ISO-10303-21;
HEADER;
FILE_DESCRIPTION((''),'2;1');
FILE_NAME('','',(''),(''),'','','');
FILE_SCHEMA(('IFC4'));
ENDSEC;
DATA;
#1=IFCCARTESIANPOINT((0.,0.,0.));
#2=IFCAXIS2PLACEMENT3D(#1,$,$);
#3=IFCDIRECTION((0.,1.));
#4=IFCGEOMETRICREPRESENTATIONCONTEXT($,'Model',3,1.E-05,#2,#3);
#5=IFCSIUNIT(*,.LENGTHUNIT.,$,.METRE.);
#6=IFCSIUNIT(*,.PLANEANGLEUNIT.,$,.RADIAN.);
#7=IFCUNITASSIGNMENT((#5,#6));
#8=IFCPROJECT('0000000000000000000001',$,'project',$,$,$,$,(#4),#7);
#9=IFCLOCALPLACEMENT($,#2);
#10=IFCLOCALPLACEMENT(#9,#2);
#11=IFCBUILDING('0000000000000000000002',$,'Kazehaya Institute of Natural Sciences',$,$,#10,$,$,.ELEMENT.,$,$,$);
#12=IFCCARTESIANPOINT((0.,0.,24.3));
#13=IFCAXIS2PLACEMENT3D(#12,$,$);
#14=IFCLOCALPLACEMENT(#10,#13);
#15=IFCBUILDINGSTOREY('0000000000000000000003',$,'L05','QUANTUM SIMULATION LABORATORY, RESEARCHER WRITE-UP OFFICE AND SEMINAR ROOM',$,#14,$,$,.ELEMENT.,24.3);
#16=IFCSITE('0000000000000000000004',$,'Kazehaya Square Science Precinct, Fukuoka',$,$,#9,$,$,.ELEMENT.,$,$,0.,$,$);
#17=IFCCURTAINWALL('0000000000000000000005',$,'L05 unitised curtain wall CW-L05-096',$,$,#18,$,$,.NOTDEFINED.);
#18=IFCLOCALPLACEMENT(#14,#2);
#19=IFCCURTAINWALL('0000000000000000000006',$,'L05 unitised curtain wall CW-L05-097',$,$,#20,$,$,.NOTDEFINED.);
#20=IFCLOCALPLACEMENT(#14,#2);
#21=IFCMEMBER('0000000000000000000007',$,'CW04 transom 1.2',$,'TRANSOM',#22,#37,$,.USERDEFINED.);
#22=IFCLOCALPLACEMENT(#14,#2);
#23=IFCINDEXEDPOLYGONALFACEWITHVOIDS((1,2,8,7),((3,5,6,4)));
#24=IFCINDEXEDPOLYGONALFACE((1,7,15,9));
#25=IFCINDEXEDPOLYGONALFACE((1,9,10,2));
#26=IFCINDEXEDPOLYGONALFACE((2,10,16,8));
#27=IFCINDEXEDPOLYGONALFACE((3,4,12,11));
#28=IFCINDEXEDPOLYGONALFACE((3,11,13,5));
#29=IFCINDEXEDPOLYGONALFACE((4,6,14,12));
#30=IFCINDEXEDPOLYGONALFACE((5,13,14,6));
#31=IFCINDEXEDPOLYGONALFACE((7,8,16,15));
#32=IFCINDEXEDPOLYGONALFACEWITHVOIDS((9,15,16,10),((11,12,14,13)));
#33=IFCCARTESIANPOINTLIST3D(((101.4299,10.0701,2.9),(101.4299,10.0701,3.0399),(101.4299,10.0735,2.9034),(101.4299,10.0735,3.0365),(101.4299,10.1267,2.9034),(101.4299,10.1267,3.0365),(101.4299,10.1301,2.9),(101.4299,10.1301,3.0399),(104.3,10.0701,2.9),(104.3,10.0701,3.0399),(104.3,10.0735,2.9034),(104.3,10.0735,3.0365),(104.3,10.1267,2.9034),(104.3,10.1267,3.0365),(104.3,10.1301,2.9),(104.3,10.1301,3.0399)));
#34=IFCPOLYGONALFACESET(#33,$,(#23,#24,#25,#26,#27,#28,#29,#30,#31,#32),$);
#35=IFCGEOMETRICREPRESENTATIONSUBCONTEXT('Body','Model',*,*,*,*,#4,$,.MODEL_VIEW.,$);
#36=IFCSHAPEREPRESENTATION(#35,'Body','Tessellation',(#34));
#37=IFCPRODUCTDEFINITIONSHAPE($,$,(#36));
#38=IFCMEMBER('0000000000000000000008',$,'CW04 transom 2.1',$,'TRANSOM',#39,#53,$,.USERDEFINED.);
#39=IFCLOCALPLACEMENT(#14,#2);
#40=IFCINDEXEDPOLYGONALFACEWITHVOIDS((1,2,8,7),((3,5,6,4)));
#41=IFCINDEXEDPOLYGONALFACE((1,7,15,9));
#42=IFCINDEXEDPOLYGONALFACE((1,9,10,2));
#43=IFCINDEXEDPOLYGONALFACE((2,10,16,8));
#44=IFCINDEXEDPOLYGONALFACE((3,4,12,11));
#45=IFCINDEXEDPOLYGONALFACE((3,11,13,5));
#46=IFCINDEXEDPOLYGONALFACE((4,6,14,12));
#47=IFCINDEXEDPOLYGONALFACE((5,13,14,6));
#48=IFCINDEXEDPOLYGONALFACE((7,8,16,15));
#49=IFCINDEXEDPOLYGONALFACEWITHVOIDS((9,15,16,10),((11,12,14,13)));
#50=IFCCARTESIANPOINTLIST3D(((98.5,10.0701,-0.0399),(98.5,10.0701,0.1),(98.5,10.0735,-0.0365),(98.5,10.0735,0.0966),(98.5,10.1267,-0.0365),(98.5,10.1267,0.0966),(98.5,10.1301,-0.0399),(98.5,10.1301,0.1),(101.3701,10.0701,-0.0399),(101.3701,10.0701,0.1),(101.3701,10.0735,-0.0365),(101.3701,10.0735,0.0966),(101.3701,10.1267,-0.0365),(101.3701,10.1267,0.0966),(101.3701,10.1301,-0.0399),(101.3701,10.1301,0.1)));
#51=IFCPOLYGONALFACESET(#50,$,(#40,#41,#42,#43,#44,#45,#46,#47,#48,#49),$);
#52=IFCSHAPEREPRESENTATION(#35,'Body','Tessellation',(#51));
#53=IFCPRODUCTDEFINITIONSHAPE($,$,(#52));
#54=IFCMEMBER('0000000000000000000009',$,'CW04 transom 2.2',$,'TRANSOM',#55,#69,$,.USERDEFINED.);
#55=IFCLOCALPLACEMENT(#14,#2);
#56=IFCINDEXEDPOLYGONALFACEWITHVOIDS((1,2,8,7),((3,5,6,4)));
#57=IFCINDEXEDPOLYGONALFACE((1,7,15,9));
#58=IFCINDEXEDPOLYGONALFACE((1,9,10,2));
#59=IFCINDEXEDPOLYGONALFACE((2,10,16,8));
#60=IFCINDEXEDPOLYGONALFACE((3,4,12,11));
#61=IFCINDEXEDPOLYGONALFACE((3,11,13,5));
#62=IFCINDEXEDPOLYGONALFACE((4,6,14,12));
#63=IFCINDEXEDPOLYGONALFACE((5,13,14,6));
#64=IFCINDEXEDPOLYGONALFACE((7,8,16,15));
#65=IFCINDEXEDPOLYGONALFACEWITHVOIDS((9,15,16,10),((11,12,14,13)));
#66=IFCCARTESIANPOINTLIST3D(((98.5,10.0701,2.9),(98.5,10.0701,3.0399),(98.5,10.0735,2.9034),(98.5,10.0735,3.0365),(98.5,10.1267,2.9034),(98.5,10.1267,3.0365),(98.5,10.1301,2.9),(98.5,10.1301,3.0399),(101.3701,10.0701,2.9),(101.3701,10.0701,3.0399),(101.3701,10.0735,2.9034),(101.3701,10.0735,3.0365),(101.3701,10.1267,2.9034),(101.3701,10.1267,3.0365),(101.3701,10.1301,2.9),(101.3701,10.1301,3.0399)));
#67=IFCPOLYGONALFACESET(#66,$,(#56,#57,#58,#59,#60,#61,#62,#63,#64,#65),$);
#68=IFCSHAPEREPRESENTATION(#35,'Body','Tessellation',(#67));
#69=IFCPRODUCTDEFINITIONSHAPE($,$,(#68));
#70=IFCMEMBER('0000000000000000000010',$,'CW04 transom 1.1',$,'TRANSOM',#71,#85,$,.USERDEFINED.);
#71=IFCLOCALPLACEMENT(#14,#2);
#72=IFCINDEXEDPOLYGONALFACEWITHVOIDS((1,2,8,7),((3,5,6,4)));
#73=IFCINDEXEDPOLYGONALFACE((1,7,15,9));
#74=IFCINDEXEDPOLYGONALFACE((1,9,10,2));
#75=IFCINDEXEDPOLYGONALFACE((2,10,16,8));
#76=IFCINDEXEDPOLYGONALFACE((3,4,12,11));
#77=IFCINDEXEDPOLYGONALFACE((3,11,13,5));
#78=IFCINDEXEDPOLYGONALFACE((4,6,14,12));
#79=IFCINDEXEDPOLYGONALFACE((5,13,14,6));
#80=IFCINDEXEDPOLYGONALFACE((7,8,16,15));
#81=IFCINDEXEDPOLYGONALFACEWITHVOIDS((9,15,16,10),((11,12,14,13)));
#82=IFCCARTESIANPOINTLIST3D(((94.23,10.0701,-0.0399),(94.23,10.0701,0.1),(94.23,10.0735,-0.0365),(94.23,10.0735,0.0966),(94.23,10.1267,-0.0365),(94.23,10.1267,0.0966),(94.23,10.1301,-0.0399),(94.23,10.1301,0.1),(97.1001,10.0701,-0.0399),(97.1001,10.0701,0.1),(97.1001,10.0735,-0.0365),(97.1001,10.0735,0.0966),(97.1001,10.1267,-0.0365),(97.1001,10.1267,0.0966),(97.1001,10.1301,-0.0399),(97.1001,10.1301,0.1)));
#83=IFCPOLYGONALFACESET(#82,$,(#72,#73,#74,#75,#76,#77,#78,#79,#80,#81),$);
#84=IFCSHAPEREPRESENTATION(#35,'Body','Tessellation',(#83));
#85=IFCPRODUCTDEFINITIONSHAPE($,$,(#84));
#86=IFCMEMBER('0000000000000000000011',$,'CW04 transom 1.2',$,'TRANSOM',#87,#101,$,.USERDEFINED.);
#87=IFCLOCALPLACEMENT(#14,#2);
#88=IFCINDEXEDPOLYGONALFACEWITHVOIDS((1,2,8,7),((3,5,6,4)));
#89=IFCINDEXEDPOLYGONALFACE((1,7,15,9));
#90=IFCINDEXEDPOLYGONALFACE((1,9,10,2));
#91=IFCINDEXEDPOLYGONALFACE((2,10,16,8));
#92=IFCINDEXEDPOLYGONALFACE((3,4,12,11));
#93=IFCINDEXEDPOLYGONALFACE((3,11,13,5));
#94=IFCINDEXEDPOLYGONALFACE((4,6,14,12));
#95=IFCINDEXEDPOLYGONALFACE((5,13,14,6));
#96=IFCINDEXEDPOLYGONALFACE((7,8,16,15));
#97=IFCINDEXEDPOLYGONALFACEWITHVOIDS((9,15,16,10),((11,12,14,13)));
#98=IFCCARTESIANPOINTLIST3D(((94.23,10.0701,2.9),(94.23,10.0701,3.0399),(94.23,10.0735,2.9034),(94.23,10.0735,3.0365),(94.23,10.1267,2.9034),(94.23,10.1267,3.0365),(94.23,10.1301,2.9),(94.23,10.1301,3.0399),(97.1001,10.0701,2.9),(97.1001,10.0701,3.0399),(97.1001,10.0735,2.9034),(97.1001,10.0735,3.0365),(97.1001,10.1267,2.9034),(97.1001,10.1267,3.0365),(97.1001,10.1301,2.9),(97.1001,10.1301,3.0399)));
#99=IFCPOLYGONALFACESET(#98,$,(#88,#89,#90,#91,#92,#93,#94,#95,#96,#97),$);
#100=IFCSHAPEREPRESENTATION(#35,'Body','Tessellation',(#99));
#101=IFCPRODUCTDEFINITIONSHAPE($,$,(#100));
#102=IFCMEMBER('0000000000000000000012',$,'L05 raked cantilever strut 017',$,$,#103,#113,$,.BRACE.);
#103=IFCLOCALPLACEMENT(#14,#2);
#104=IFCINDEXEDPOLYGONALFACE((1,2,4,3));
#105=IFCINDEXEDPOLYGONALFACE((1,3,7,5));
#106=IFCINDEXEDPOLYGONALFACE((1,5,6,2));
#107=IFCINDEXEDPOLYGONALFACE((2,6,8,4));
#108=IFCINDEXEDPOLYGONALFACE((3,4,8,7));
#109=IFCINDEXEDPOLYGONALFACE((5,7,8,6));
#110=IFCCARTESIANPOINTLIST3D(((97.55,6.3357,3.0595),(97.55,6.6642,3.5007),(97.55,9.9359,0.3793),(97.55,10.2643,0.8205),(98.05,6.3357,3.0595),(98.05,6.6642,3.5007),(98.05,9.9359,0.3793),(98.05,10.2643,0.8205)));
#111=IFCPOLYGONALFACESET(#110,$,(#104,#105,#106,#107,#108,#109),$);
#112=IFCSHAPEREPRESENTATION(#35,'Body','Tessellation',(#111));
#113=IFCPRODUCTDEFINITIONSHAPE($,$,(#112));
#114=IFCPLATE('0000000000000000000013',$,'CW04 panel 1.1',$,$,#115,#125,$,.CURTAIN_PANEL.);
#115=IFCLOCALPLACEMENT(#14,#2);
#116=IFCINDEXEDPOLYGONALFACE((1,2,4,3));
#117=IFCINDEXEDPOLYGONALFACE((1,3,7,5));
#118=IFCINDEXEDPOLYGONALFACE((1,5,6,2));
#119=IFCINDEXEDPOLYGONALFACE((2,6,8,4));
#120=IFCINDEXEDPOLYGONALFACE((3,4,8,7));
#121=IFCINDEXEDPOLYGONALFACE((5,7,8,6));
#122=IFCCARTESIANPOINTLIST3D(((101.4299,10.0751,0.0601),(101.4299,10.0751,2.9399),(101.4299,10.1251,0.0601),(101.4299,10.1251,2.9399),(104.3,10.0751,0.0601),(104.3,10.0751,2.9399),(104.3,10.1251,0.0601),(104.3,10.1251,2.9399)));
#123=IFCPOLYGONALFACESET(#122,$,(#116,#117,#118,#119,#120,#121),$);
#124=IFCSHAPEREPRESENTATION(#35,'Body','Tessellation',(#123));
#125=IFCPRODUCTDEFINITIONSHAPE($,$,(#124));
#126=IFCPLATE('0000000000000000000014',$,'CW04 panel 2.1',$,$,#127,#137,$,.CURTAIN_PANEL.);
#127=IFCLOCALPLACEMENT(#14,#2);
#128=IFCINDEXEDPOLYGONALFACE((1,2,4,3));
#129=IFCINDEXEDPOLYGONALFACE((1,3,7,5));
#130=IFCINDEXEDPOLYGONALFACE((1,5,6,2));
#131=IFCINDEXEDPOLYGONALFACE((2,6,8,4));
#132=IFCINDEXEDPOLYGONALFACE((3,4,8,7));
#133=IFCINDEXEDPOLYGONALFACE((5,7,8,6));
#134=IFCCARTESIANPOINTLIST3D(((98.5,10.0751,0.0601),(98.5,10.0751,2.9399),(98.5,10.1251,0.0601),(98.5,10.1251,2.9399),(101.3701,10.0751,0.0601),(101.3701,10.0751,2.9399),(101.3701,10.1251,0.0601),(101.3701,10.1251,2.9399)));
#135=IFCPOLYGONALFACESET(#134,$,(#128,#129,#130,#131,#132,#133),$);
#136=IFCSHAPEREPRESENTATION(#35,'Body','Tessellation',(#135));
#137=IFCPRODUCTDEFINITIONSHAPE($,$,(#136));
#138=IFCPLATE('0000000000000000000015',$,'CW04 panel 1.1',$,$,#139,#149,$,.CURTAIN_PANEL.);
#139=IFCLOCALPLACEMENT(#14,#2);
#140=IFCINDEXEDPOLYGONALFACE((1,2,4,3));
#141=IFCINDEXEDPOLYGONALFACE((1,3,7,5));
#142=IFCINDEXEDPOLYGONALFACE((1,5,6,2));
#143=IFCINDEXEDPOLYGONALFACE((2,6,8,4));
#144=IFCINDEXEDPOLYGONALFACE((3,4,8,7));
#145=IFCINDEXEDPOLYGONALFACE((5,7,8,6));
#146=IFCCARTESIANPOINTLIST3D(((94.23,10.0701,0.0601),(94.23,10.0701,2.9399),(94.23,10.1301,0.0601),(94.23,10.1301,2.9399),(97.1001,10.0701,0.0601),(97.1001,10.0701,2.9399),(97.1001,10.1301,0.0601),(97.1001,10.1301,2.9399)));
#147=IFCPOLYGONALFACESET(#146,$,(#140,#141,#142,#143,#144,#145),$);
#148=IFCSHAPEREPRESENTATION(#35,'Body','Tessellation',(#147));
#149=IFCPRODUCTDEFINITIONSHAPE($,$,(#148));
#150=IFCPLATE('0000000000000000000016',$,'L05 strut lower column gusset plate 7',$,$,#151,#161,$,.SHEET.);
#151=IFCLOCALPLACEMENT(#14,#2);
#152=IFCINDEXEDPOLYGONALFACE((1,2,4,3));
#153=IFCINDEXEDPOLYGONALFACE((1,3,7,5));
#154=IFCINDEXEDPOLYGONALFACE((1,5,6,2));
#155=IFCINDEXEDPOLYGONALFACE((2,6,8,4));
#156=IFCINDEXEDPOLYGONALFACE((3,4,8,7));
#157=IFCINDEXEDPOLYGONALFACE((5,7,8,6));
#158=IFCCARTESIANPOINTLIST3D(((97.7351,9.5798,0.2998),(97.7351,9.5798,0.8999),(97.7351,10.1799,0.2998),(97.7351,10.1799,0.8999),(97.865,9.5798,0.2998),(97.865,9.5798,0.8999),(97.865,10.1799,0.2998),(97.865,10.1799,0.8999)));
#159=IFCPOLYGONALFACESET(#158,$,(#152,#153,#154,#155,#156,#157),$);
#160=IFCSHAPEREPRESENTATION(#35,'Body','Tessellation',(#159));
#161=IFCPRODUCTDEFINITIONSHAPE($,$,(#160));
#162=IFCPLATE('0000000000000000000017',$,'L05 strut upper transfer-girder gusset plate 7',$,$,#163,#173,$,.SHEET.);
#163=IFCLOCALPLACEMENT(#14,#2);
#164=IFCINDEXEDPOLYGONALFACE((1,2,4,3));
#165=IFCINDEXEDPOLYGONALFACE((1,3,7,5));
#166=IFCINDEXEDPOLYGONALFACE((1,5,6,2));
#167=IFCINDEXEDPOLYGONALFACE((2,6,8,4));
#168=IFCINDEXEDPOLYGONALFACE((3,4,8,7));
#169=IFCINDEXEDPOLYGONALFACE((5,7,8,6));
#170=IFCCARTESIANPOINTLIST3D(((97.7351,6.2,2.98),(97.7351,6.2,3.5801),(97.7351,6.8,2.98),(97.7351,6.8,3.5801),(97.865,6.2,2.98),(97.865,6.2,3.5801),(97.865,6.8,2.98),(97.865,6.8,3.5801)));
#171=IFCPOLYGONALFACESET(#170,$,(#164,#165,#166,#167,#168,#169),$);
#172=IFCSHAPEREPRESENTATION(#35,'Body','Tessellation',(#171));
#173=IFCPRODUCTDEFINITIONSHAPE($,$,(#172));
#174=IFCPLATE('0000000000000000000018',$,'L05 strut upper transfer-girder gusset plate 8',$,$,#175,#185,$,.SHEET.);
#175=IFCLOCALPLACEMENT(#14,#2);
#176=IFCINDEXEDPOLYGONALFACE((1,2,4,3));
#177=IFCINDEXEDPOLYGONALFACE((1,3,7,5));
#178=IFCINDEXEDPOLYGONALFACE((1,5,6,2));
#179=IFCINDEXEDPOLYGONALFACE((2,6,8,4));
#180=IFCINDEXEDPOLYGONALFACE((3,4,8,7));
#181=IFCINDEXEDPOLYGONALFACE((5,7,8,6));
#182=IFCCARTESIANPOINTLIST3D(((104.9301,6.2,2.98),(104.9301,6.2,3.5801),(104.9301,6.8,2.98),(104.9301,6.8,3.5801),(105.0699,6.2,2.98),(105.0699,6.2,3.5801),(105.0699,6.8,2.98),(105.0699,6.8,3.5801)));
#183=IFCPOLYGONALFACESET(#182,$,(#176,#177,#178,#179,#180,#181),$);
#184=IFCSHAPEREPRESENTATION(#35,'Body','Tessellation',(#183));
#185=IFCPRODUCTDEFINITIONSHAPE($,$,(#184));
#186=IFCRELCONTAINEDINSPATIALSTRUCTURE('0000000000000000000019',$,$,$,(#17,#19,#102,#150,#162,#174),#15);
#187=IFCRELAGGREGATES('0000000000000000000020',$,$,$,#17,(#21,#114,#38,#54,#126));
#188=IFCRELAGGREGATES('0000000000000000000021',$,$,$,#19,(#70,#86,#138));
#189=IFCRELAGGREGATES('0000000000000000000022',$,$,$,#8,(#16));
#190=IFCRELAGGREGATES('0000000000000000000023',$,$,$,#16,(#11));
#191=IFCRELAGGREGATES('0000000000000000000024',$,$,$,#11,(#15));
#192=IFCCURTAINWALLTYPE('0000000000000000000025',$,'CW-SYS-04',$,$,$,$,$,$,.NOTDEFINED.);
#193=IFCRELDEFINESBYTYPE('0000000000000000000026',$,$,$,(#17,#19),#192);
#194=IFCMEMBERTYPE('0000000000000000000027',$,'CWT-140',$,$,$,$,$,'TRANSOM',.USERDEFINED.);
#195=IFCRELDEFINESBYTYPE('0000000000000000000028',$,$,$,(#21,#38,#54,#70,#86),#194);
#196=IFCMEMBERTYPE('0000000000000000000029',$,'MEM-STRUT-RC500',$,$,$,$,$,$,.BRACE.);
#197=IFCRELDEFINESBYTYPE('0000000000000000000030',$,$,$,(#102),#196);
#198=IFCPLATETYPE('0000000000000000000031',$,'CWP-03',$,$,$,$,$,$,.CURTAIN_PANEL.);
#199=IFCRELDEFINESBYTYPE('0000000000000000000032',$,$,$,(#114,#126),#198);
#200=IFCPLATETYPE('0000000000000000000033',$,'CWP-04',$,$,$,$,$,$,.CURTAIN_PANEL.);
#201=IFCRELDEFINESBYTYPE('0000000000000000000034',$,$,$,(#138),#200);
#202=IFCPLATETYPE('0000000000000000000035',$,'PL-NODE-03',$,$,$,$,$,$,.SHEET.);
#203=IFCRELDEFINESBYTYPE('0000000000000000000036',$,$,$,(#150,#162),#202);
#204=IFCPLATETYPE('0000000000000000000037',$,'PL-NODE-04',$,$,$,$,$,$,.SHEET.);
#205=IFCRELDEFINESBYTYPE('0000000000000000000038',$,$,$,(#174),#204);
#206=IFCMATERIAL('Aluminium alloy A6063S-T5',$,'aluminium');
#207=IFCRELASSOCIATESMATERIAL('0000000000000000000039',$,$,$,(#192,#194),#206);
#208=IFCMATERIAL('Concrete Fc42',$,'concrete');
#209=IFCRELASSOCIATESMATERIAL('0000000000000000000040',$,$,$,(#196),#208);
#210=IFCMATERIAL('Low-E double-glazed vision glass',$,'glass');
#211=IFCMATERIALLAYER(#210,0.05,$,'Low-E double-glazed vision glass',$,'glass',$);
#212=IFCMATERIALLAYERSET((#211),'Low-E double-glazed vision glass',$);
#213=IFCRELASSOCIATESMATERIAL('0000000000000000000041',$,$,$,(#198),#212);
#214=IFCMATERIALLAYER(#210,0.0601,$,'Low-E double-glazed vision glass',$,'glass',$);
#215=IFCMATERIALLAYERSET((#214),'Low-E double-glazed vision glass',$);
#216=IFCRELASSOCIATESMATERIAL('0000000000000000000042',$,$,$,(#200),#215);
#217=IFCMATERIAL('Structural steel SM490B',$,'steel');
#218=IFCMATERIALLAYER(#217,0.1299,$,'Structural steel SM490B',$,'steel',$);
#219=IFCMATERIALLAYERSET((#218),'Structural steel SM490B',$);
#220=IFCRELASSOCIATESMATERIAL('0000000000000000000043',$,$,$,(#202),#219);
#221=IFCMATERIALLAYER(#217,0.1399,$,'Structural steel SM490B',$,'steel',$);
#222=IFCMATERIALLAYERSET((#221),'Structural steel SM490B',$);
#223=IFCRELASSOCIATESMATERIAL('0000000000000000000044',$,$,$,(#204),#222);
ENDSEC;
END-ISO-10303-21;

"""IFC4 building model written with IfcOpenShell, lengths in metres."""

from ifc_helpers import new_model, si_unit, direction, frame, origin, origin_2d, place, context, subcontext, project, spatial, rectangle, hollow_rectangle, extrude, material, layer, layer_set, material_profile, profile_set, type_object, element, aggregate, save


model = new_model("IFC4")

# Units and contexts
model_context = context("Model", 3, precision=1e-05, world=origin(), true_north=direction((0.0, 1.0)))
body_context = subcontext(model_context, "Body", "Model", "MODEL_VIEW")
ifc_project = project(units=[si_unit("LENGTHUNIT", "METRE"), si_unit("PLANEANGLEUNIT", "RADIAN")], contexts=[model_context])

# Site, building, storey
site_placement = place(None, origin())
site = spatial("IfcSite", under=ifc_project, at=site_placement, Name="Kazehaya Square Science Precinct, Fukuoka", CompositionType="ELEMENT", RefElevation=0.0)
building_placement = place(site_placement, origin())
building = spatial("IfcBuilding", under=site, at=building_placement, Name="Kazehaya Institute of Natural Sciences", CompositionType="ELEMENT")
storey_placement = place(building_placement, frame((0.0, 0.0, 24.3)))
storey = spatial("IfcBuildingStorey", under=building, at=storey_placement, Name="L05", Description="QUANTUM SIMULATION LABORATORY, RESEARCHER WRITE-UP OFFICE AND SEMINAR ROOM", CompositionType="ELEMENT", Elevation=24.3)

# Shared definitions
ifc_material_1 = material(Name="Concrete Fc42", Category="concrete")

# Curtain walls
ifc_material_2 = material(Name="Aluminium alloy A6063S-T5", Category="aluminium")
curtain_wall_type = type_object("IfcCurtainWallType", Name="CW-SYS-04", PredefinedType="NOTDEFINED", material=ifc_material_2)
curtain_wall_1_placement = place(storey_placement, origin())
curtain_wall_1 = element("IfcCurtainWall", 1, at=curtain_wall_1_placement, inside=storey, type_object=curtain_wall_type, Name="L05 unitised curtain wall CW-L05-096", PredefinedType="NOTDEFINED")
curtain_wall_2_placement = place(storey_placement, origin())
curtain_wall_2 = element("IfcCurtainWall", 2, at=curtain_wall_2_placement, inside=storey, type_object=curtain_wall_type, Name="L05 unitised curtain wall CW-L05-097", PredefinedType="NOTDEFINED")

# Members
ifc_material_profile_1 = material_profile(ifc_material_2, hollow_rectangle(XDim=0.0601, YDim=0.1399, WallThickness=0.0034, at=origin_2d()), Name="ALU-60x140x3.5")
ifc_profile_set_1 = profile_set([ifc_material_profile_1], Name="Aluminium alloy A6063S-T5")
member_type_1 = type_object("IfcMemberType", Name="CWT-140", ElementType="TRANSOM", PredefinedType="USERDEFINED", material=ifc_profile_set_1)
member_1_placement = place(storey_placement, frame((104.3, 10.1001, 2.97), z_axis=(-1.0, 0.0, 0.0), x_axis=(0.0, -1.0, 0.0)))
member_1 = element("IfcMember", 3, at=member_1_placement, type_object=member_type_1, Name="CW04 transom 1.2", ObjectType="TRANSOM", PredefinedType="USERDEFINED", context=body_context, shape_type="SweptSolid", body=[
    extrude(hollow_rectangle(XDim=0.0601, YDim=0.1399, WallThickness=0.0034, at=origin_2d()), origin(), (0.0, 0.0, 1.0), 2.8701),
])
member_2_placement = place(storey_placement, frame((101.3701, 10.1001, 0.03), z_axis=(-1.0, 0.0, 0.0), x_axis=(0.0, -1.0, 0.0)))
member_2 = element("IfcMember", 4, at=member_2_placement, type_object=member_type_1, Name="CW04 transom 2.1", ObjectType="TRANSOM", PredefinedType="USERDEFINED", context=body_context, shape_type="SweptSolid", body=[
    extrude(hollow_rectangle(XDim=0.0601, YDim=0.1399, WallThickness=0.0034, at=origin_2d()), origin(), (0.0, 0.0, 1.0), 2.8701),
])
member_3_placement = place(storey_placement, frame((101.3701, 10.1001, 2.97), z_axis=(-1.0, 0.0, 0.0), x_axis=(0.0, -1.0, 0.0)))
member_3 = element("IfcMember", 5, at=member_3_placement, type_object=member_type_1, Name="CW04 transom 2.2", ObjectType="TRANSOM", PredefinedType="USERDEFINED", context=body_context, shape_type="SweptSolid", body=[
    extrude(hollow_rectangle(XDim=0.0601, YDim=0.1399, WallThickness=0.0034, at=origin_2d()), origin(), (0.0, 0.0, 1.0), 2.8701),
])
member_4_placement = place(storey_placement, frame((97.1001, 10.1001, 0.03), z_axis=(-1.0, 0.0, 0.0), x_axis=(0.0, -1.0, 0.0)))
member_4 = element("IfcMember", 6, at=member_4_placement, type_object=member_type_1, Name="CW04 transom 1.1", ObjectType="TRANSOM", PredefinedType="USERDEFINED", context=body_context, shape_type="SweptSolid", body=[
    extrude(hollow_rectangle(XDim=0.0601, YDim=0.1399, WallThickness=0.0034, at=origin_2d()), origin(), (0.0, 0.0, 1.0), 2.8701),
])
member_5_placement = place(storey_placement, frame((97.1001, 10.1001, 2.97), z_axis=(-1.0, 0.0, 0.0), x_axis=(0.0, -1.0, 0.0)))
member_5 = element("IfcMember", 7, at=member_5_placement, type_object=member_type_1, Name="CW04 transom 1.2", ObjectType="TRANSOM", PredefinedType="USERDEFINED", context=body_context, shape_type="SweptSolid", body=[
    extrude(hollow_rectangle(XDim=0.0601, YDim=0.1399, WallThickness=0.0034, at=origin_2d()), origin(), (0.0, 0.0, 1.0), 2.8701),
])
ifc_material_profile_2 = material_profile(ifc_material_1, rectangle(XDim=0.5, YDim=0.55, at=origin_2d()), Name="RC-500x550")
ifc_profile_set_2 = profile_set([ifc_material_profile_2], Name="Concrete Fc42")
member_type_2 = type_object("IfcMemberType", Name="MEM-STRUT-RC500", PredefinedType="BRACE", material=ifc_profile_set_2)
member_6_placement = place(storey_placement, frame((97.8, 10.1001, 0.5999), z_axis=(0.0, -0.802123, 0.597159), x_axis=(1.0, 0.0, 0.0)))
element("IfcMember", 8, at=member_6_placement, inside=storey, type_object=member_type_2, Name="L05 raked cantilever strut 017", PredefinedType="BRACE", context=body_context, shape_type="SweptSolid", body=[
    extrude(rectangle(XDim=0.5, YDim=0.55, at=origin_2d()), origin(), (0.0, 0.0, 1.0), 4.4883),
])

# Plates
ifc_material_3 = material(Name="Low-E double-glazed vision glass", Category="glass")
ifc_layer_1 = layer(ifc_material_3, 0.05, Name="Low-E double-glazed vision glass", Category="glass")
ifc_layer_set_1 = layer_set([ifc_layer_1], Name="Low-E double-glazed vision glass")
plate_type_1 = type_object("IfcPlateType", Name="CWP-03", PredefinedType="CURTAIN_PANEL", material=ifc_layer_set_1)
plate_1_placement = place(storey_placement, frame((102.865, 10.1001, 0.0601), z_axis=(0.0, 0.0, 1.0), x_axis=(-1.0, 0.0, 0.0)))
plate_1 = element("IfcPlate", 9, at=plate_1_placement, type_object=plate_type_1, Name="CW04 panel 1.1", PredefinedType="CURTAIN_PANEL", context=body_context, shape_type="SweptSolid", body=[
    extrude(rectangle(XDim=2.8701, YDim=0.05, at=origin_2d()), origin(), (0.0, 0.0, 1.0), 2.8799),
])
plate_2_placement = place(storey_placement, frame((99.9351, 10.1001, 0.0601), z_axis=(0.0, 0.0, 1.0), x_axis=(-1.0, 0.0, 0.0)))
plate_2 = element("IfcPlate", 10, at=plate_2_placement, type_object=plate_type_1, Name="CW04 panel 2.1", PredefinedType="CURTAIN_PANEL", context=body_context, shape_type="SweptSolid", body=[
    extrude(rectangle(XDim=2.8701, YDim=0.05, at=origin_2d()), origin(), (0.0, 0.0, 1.0), 2.8799),
])
aggregate(curtain_wall_1, [member_1, plate_1, member_2, member_3, plate_2])
ifc_layer_2 = layer(ifc_material_3, 0.0601, Name="Low-E double-glazed vision glass", Category="glass")
ifc_layer_set_2 = layer_set([ifc_layer_2], Name="Low-E double-glazed vision glass")
plate_type_2 = type_object("IfcPlateType", Name="CWP-04", PredefinedType="CURTAIN_PANEL", material=ifc_layer_set_2)
plate_3_placement = place(storey_placement, frame((95.665, 10.1001, 0.0601), z_axis=(0.0, 0.0, 1.0), x_axis=(-1.0, 0.0, 0.0)))
plate_3 = element("IfcPlate", 11, at=plate_3_placement, type_object=plate_type_2, Name="CW04 panel 1.1", PredefinedType="CURTAIN_PANEL", context=body_context, shape_type="SweptSolid", body=[
    extrude(rectangle(XDim=2.8701, YDim=0.0601, at=origin_2d()), origin(), (0.0, 0.0, 1.0), 2.8799),
])
aggregate(curtain_wall_2, [member_4, member_5, plate_3])

# Plates
ifc_material_4 = material(Name="Structural steel SM490B", Category="steel")
ifc_layer_3 = layer(ifc_material_4, 0.1299, Name="Structural steel SM490B", Category="steel")
ifc_layer_set_3 = layer_set([ifc_layer_3], Name="Structural steel SM490B")
plate_type_3 = type_object("IfcPlateType", Name="PL-NODE-03", PredefinedType="SHEET", material=ifc_layer_set_3)
for number, where, z_axis, x_axis, name in (
    (12, (97.8, 9.8799, 0.2998), (0.0, 0.0, 1.0), (1.0, 0.0, 0.0), "L05 strut lower column gusset plate 7"),
    (13, (97.8, 6.5, 2.98), (0.0, 0.0, 1.0), (1.0, 0.0, 0.0), "L05 strut upper transfer-girder gusset plate 7"),
):
    element("IfcPlate", number, at=place(storey_placement, frame(where, z_axis=z_axis, x_axis=x_axis)), inside=storey, type_object=plate_type_3, Name=name, PredefinedType="SHEET", context=body_context, shape_type="SweptSolid", body=[
        extrude(rectangle(XDim=0.1299, YDim=0.6001, at=origin_2d()), origin(), (0.0, 0.0, 1.0), 0.6001),
    ])
ifc_layer_4 = layer(ifc_material_4, 0.1399, Name="Structural steel SM490B", Category="steel")
ifc_layer_set_4 = layer_set([ifc_layer_4], Name="Structural steel SM490B")
plate_type_4 = type_object("IfcPlateType", Name="PL-NODE-04", PredefinedType="SHEET", material=ifc_layer_set_4)
plate_4_placement = place(storey_placement, frame((105.0, 6.5, 2.98), z_axis=(0.0, 0.0, 1.0), x_axis=(1.0, 0.0, 0.0)))
element("IfcPlate", 14, at=plate_4_placement, inside=storey, type_object=plate_type_4, Name="L05 strut upper transfer-girder gusset plate 8", PredefinedType="SHEET", context=body_context, shape_type="SweptSolid", body=[
    extrude(rectangle(XDim=0.1399, YDim=0.6001, at=origin_2d()), origin(), (0.0, 0.0, 1.0), 0.6001),
])

save(model, "model.ifc")
